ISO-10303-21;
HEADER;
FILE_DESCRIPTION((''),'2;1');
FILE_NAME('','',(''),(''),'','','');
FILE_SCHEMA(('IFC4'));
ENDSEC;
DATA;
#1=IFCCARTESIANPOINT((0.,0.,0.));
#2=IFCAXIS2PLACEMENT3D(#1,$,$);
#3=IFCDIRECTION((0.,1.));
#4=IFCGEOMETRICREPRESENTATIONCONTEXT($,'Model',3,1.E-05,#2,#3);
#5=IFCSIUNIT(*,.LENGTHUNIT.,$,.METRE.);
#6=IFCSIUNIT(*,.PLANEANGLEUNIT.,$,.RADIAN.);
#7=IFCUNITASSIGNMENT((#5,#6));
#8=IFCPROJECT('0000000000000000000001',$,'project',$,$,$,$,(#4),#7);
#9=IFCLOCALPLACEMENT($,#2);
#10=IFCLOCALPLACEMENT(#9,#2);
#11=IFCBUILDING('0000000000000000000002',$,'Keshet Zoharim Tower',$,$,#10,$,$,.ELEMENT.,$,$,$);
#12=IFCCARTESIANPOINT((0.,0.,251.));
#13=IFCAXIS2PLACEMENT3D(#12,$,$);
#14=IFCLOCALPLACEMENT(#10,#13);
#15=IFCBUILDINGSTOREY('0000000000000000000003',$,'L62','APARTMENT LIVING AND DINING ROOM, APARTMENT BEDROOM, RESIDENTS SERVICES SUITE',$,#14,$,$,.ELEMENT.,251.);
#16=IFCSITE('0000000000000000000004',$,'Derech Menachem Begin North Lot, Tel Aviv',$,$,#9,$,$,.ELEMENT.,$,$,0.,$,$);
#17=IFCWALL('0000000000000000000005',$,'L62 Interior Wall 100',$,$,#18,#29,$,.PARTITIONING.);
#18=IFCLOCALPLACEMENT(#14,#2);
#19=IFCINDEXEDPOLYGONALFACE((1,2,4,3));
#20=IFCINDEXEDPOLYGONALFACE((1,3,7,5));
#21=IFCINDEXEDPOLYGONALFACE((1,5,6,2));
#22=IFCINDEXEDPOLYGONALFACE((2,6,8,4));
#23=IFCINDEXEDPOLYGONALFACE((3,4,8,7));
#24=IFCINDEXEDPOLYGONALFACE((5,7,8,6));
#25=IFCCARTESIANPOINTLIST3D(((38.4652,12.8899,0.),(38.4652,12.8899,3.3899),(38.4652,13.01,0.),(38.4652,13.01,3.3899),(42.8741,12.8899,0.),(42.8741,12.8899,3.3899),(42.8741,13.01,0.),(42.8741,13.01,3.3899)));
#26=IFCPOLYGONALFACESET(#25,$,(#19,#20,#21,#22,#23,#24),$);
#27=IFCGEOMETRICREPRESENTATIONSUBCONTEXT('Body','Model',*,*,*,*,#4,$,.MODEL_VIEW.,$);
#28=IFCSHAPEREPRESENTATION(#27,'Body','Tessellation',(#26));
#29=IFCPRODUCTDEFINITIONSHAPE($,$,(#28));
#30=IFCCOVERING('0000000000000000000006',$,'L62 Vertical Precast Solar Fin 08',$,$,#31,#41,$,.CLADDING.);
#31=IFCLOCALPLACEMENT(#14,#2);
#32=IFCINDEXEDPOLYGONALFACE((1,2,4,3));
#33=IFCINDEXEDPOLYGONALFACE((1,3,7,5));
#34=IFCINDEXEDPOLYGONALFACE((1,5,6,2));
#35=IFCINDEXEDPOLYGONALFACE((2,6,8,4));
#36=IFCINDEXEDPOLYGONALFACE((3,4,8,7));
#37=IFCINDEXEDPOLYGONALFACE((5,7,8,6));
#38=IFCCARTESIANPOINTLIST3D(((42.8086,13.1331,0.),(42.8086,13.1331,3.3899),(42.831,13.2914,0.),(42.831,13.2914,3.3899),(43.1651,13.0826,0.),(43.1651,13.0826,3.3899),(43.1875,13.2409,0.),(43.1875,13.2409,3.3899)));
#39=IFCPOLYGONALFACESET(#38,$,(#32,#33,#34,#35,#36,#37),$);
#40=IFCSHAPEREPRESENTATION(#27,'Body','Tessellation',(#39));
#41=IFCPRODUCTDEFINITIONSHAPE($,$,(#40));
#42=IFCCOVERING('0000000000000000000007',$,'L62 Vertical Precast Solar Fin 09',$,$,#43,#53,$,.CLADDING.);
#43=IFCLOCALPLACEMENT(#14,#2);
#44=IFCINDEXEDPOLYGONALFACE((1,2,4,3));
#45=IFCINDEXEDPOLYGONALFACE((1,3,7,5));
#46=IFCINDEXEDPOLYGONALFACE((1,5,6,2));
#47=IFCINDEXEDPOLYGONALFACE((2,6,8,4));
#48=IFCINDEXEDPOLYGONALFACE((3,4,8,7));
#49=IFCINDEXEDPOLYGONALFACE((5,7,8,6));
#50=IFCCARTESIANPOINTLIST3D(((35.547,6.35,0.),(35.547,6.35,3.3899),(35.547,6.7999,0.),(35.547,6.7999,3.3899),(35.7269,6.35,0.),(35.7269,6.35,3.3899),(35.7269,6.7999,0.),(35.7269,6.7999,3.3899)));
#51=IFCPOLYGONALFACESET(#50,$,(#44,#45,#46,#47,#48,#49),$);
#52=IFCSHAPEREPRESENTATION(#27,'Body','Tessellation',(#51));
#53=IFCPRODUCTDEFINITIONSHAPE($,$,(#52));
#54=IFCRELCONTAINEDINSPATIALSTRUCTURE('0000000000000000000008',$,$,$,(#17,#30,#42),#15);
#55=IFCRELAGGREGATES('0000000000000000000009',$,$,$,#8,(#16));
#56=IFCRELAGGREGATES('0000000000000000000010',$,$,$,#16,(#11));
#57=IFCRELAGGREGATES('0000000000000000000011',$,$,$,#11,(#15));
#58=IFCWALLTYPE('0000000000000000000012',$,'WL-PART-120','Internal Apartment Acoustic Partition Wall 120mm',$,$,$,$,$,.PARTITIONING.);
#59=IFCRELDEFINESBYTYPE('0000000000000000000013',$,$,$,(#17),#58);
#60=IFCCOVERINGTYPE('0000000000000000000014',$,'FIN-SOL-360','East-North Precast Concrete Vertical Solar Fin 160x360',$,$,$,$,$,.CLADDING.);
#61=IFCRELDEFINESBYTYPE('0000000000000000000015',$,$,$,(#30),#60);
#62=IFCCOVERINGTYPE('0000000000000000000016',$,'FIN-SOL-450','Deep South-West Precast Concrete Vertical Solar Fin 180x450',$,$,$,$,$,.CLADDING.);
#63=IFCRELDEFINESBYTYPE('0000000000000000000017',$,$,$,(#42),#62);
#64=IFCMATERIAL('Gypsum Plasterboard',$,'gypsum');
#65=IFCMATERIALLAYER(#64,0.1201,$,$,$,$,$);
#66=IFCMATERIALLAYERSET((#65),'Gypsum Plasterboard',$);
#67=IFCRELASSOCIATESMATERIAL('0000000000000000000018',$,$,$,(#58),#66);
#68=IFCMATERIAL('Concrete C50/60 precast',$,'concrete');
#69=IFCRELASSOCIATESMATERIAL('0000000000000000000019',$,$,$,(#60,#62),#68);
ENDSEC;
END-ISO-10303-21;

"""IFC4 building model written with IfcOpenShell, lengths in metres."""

from ifc_helpers import new_model, si_unit, direction, frame, frame_2d, origin, origin_2d, place, context, subcontext, project, spatial, rectangle, extrude, material, layer, layer_set, type_object, element, save


model = new_model("IFC4")

# Units and contexts
model_context = context("Model", 3, precision=1e-05, world=origin(), true_north=direction((0.0, 1.0)))
body_context = subcontext(model_context, "Body", "Model", "MODEL_VIEW")
ifc_project = project(units=[si_unit("LENGTHUNIT", "METRE"), si_unit("PLANEANGLEUNIT", "RADIAN")], contexts=[model_context])

# Site, building, storey
site_placement = place(None, origin())
site = spatial("IfcSite", under=ifc_project, at=site_placement, Name="Derech Menachem Begin North Lot, Tel Aviv", CompositionType="ELEMENT", RefElevation=0.0)
building_placement = place(site_placement, origin())
building = spatial("IfcBuilding", under=site, at=building_placement, Name="Keshet Zoharim Tower", CompositionType="ELEMENT")
storey_placement = place(building_placement, frame((0.0, 0.0, 251.0)))
storey = spatial("IfcBuildingStorey", under=building, at=storey_placement, Name="L62", Description="APARTMENT LIVING AND DINING ROOM, APARTMENT BEDROOM, RESIDENTS SERVICES SUITE", CompositionType="ELEMENT", Elevation=251.0)

# Shared definitions
ifc_material_1 = material(Name="Gypsum Plasterboard", Category="gypsum")
ifc_layer_1 = layer(ifc_material_1, 0.1201)
ifc_layer_set_1 = layer_set([ifc_layer_1], Name="Gypsum Plasterboard")
wall_type = type_object("IfcWallType", Name="WL-PART-120", Description="Internal Apartment Acoustic Partition Wall 120mm", PredefinedType="PARTITIONING", material=ifc_layer_set_1)

# Wall
wall_1_placement = place(storey_placement, frame((38.4651, 12.95, 0.0), z_axis=(0.0, 0.0, 1.0), x_axis=(1.0, 0.0, 0.0)))
element("IfcWall", 1, at=wall_1_placement, inside=storey, type_object=wall_type, Name="L62 Interior Wall 100", PredefinedType="PARTITIONING", context=body_context, shape_type="SweptSolid", body=[
    extrude(rectangle(XDim=4.4089, YDim=0.1201, at=frame_2d((2.2046, 0.0))), origin(), (0.0, 0.0, 1.0), 3.3899),
])

# Coverings
ifc_material_2 = material(Name="Concrete C50/60 precast", Category="concrete")
covering_type_1 = type_object("IfcCoveringType", Name="FIN-SOL-360", Description="East-North Precast Concrete Vertical Solar Fin 160x360", PredefinedType="CLADDING", material=ifc_material_2)
covering_1_placement = place(storey_placement, frame((42.998, 13.187, 0.0), z_axis=(0.0, 0.0, 1.0), x_axis=(-0.140137, -0.990132, 0.0)))
element("IfcCovering", 2, at=covering_1_placement, inside=storey, type_object=covering_type_1, Name="L62 Vertical Precast Solar Fin 08", PredefinedType="CLADDING", context=body_context, shape_type="SweptSolid", body=[
    extrude(rectangle(XDim=0.1599, YDim=0.3601, at=origin_2d()), origin(), (0.0, 0.0, 1.0), 3.3899),
])
covering_type_2 = type_object("IfcCoveringType", Name="FIN-SOL-450", Description="Deep South-West Precast Concrete Vertical Solar Fin 180x450", PredefinedType="CLADDING", material=ifc_material_2)
covering_2_placement = place(storey_placement, frame((35.637, 6.575, 0.0), z_axis=(0.0, 0.0, 1.0), x_axis=(-1.0, 0.0, 0.0)))
element("IfcCovering", 3, at=covering_2_placement, inside=storey, type_object=covering_type_2, Name="L62 Vertical Precast Solar Fin 09", PredefinedType="CLADDING", context=body_context, shape_type="SweptSolid", body=[
    extrude(rectangle(XDim=0.1799, YDim=0.45, at=origin_2d()), origin(), (0.0, 0.0, 1.0), 3.3899),
])

save(model, "model.ifc")
